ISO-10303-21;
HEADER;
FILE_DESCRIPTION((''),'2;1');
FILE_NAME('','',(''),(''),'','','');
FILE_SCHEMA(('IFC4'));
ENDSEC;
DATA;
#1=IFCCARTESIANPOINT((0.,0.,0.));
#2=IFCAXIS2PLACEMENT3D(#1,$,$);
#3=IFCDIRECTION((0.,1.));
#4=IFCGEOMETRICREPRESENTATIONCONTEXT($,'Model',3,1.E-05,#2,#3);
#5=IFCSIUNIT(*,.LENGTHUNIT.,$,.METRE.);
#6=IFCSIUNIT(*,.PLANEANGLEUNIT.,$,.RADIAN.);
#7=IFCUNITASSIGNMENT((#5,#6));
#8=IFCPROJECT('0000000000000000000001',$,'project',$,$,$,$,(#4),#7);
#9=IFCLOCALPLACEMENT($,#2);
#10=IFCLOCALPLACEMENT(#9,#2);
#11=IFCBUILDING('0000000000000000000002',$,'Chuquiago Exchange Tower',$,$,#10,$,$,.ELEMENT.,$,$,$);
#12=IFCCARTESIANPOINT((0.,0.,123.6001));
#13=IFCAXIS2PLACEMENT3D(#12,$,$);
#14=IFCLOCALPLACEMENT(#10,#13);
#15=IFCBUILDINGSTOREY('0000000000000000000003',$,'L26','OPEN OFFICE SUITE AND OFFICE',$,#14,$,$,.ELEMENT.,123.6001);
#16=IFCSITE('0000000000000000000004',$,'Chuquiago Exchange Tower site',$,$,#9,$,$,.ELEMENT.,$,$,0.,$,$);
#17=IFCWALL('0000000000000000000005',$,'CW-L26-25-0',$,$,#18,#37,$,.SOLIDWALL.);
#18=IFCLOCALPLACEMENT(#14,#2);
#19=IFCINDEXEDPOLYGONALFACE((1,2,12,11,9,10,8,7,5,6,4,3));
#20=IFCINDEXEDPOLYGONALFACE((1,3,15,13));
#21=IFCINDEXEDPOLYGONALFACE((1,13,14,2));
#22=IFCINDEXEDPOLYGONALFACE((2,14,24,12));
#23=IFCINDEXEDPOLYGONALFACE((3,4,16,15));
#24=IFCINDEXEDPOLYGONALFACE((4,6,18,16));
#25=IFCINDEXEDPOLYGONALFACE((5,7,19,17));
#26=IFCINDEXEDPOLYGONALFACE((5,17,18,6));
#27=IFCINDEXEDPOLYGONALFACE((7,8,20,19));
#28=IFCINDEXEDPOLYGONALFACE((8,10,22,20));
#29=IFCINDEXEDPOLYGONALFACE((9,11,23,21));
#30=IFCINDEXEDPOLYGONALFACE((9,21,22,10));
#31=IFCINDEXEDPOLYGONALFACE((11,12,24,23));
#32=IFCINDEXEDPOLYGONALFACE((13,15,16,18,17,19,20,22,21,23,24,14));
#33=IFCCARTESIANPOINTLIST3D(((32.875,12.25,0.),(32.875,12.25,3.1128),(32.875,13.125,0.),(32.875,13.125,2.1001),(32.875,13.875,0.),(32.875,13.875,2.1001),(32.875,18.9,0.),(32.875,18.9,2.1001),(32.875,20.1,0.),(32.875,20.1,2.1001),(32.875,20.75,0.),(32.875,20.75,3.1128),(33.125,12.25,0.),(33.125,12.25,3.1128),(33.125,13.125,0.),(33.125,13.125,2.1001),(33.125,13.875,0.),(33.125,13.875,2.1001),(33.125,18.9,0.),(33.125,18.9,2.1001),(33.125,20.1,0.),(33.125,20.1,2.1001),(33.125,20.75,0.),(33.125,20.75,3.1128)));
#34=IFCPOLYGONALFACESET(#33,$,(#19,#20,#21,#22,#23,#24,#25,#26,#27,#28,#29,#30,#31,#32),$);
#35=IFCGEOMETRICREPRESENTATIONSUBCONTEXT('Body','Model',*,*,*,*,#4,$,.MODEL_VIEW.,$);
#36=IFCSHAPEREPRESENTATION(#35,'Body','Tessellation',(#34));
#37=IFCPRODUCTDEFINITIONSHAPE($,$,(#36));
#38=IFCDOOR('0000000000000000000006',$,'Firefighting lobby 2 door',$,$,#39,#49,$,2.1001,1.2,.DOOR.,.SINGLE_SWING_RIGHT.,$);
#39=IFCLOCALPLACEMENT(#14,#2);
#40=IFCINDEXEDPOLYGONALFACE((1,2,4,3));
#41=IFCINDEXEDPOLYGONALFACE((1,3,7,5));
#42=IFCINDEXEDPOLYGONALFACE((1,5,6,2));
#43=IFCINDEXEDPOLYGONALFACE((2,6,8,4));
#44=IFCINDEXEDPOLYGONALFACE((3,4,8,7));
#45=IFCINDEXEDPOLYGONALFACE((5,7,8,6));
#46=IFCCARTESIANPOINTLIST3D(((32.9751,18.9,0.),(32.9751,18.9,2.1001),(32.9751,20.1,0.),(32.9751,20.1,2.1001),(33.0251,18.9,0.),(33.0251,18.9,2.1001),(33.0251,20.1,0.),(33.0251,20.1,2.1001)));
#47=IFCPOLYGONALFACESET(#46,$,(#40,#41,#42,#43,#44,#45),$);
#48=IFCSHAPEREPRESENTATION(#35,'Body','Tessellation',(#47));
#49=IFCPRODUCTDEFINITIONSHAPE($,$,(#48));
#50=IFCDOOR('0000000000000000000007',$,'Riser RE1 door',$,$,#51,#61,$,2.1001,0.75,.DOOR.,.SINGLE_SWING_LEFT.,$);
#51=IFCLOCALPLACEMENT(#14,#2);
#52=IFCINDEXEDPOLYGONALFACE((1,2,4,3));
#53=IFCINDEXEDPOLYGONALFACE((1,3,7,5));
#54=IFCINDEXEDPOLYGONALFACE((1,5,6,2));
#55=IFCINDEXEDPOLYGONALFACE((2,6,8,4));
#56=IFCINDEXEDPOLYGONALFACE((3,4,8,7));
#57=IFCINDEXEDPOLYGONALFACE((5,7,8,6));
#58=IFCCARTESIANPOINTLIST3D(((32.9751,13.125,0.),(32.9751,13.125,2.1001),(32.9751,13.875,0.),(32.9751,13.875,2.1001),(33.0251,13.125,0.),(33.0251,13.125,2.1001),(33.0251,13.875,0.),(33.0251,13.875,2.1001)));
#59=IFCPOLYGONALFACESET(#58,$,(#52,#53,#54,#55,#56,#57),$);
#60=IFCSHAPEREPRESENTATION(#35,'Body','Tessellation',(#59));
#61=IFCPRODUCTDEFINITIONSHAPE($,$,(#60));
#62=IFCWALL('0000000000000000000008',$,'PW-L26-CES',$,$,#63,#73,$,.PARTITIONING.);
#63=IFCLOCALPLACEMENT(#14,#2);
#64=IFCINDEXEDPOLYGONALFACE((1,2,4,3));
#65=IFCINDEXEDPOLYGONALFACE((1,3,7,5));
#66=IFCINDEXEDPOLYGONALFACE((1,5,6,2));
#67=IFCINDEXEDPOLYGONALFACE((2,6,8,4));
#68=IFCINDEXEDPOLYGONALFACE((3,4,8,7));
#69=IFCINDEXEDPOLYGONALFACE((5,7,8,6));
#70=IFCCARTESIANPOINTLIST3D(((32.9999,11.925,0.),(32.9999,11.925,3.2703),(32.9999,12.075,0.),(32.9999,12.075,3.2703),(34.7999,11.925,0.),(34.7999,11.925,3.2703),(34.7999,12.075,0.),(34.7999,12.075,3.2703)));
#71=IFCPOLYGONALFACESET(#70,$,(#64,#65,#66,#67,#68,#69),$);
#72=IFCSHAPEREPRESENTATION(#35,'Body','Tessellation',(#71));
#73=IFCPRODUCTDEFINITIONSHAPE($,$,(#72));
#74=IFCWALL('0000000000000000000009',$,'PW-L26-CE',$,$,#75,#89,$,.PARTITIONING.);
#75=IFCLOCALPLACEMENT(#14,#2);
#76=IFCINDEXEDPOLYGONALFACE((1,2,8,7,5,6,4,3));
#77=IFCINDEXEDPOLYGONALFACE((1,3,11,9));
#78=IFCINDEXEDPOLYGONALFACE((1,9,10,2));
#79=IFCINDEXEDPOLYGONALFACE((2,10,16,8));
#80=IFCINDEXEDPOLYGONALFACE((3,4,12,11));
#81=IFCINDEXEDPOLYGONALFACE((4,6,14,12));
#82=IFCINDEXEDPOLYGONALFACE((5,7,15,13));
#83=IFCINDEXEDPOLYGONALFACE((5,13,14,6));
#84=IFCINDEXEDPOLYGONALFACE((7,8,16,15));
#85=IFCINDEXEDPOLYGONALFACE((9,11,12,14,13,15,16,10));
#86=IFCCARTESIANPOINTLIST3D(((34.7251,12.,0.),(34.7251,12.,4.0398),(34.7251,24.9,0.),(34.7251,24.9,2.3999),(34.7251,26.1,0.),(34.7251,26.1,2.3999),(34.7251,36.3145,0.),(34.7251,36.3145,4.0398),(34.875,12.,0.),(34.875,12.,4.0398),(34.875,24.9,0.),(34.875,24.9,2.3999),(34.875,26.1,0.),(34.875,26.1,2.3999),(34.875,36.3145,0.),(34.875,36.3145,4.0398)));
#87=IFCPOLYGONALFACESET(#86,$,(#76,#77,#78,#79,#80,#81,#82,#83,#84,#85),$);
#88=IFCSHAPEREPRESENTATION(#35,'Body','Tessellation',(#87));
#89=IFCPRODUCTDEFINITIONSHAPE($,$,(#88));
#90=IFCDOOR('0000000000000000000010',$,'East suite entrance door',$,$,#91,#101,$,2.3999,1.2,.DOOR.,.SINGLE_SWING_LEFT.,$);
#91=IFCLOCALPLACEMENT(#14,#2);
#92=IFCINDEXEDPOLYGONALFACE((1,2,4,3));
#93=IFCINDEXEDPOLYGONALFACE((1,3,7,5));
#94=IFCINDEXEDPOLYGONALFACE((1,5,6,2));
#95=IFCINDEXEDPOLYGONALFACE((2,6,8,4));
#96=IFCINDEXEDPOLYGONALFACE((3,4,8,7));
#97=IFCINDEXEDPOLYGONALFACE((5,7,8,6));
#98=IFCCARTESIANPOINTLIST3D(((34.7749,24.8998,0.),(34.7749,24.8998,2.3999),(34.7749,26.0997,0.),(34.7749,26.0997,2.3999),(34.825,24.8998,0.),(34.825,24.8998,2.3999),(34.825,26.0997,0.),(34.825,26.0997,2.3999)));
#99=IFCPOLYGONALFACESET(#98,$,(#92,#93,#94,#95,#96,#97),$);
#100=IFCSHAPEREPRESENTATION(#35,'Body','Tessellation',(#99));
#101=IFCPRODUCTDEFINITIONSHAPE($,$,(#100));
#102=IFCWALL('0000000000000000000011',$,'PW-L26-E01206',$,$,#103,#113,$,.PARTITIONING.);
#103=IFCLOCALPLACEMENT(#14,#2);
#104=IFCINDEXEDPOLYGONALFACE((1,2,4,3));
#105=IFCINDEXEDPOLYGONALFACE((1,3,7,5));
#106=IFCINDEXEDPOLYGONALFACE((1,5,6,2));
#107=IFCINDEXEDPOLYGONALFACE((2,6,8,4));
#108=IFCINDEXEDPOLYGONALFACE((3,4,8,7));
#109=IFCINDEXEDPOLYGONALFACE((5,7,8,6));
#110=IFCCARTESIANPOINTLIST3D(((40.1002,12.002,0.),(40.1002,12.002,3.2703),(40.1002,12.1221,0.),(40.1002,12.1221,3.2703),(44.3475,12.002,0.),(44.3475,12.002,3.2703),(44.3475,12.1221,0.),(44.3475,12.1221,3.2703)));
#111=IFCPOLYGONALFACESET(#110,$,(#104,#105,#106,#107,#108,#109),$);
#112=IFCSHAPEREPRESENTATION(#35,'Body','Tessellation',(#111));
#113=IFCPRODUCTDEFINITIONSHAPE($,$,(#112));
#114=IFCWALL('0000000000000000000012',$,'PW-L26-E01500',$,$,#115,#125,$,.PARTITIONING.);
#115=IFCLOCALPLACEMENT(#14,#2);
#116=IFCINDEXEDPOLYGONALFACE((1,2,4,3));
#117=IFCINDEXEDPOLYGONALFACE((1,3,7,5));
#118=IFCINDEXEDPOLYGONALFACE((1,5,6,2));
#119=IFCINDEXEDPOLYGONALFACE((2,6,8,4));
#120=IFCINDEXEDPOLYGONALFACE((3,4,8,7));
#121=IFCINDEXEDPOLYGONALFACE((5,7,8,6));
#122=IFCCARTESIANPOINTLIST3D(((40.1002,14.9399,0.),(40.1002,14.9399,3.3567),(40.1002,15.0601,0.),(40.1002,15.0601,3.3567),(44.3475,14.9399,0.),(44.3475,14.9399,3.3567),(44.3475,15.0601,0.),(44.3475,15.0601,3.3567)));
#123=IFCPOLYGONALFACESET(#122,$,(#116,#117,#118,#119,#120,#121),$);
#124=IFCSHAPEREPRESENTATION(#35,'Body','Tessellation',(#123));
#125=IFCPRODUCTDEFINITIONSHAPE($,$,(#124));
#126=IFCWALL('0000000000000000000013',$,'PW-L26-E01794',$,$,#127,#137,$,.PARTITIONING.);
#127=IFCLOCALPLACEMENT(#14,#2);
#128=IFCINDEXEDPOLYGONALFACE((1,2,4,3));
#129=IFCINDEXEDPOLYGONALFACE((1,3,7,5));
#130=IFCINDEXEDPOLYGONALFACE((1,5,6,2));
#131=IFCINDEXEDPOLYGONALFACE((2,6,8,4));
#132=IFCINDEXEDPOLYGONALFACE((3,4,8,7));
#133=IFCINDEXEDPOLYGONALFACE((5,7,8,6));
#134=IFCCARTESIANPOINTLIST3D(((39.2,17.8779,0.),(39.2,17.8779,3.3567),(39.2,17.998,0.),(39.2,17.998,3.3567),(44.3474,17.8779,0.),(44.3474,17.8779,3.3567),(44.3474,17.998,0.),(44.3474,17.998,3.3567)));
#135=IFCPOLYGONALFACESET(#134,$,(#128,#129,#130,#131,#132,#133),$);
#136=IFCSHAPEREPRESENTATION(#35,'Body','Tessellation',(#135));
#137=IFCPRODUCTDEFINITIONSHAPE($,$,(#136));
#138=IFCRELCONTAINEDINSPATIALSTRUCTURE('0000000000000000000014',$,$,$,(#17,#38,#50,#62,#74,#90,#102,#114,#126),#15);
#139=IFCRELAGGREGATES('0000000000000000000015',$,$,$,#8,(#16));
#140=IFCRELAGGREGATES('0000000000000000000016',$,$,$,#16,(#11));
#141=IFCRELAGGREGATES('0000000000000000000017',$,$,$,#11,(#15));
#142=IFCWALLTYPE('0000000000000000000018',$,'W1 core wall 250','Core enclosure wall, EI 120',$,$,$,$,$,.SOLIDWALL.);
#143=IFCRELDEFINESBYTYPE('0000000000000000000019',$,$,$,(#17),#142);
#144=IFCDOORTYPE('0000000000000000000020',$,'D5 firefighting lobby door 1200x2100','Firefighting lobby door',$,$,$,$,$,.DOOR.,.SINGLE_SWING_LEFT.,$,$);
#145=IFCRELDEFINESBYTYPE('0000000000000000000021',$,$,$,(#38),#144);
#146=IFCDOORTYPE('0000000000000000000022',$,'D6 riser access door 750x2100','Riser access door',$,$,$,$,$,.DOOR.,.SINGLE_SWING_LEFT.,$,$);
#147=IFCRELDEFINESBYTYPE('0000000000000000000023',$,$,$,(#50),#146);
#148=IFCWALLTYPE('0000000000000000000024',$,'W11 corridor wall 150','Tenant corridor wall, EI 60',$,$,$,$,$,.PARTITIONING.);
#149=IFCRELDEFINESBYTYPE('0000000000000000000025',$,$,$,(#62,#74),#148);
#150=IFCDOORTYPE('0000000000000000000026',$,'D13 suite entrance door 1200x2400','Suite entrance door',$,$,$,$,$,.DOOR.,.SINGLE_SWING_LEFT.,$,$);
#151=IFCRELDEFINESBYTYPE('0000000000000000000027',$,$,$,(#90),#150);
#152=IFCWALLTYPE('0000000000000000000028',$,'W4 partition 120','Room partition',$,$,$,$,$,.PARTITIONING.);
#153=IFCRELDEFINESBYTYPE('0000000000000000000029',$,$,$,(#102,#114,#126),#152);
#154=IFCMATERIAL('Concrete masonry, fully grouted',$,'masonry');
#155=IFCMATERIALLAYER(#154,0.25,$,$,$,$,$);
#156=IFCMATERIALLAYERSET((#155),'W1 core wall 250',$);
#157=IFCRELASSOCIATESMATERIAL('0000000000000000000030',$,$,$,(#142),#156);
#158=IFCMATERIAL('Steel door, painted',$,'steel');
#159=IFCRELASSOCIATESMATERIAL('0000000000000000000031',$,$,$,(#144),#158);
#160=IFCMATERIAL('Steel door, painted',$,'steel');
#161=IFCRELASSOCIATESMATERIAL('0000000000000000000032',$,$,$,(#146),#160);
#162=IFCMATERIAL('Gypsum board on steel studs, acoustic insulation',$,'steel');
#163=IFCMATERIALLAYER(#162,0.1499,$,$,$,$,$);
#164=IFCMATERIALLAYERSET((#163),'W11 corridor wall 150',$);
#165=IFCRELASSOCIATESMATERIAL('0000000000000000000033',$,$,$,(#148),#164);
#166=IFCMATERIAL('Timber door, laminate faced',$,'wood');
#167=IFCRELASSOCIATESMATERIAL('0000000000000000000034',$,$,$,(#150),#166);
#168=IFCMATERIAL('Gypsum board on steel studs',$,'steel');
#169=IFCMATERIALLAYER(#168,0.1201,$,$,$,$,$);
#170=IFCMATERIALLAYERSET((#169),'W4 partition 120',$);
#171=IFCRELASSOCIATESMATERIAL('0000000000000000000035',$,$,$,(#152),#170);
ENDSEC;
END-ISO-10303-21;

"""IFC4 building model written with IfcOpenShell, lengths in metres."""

from ifc_helpers import new_model, si_unit, direction, frame, frame_2d, origin, place, context, subcontext, project, spatial, rectangle, extrude, material, layer, layer_set, type_object, element, fill, save


model = new_model("IFC4")

# Units and contexts
model_context = context("Model", 3, precision=1e-05, world=origin(), true_north=direction((0.0, 1.0)))
body_context = subcontext(model_context, "Body", "Model", "MODEL_VIEW")
ifc_project = project(units=[si_unit("LENGTHUNIT", "METRE"), si_unit("PLANEANGLEUNIT", "RADIAN")], contexts=[model_context])

# Site, building, storey
site_placement = place(None, origin())
site = spatial("IfcSite", under=ifc_project, at=site_placement, Name="Chuquiago Exchange Tower site", CompositionType="ELEMENT", RefElevation=0.0)
building_placement = place(site_placement, origin())
building = spatial("IfcBuilding", under=site, at=building_placement, Name="Chuquiago Exchange Tower", CompositionType="ELEMENT")
storey_placement = place(building_placement, frame((0.0, 0.0, 123.6001)))
storey = spatial("IfcBuildingStorey", under=building, at=storey_placement, Name="L26", Description="OPEN OFFICE SUITE AND OFFICE", CompositionType="ELEMENT", Elevation=123.6001)

# Wall, openings, doors
ifc_material_1 = material(Name="Concrete masonry, fully grouted", Category="masonry")
ifc_layer_1 = layer(ifc_material_1, 0.25)
ifc_layer_set_1 = layer_set([ifc_layer_1], Name="W1 core wall 250")
wall_type_1 = type_object("IfcWallType", Name="W1 core wall 250", Description="Core enclosure wall, EI 120", PredefinedType="SOLIDWALL", material=ifc_layer_set_1)
wall_1_placement = place(storey_placement, frame((33.0, 12.25, 0.0), z_axis=(0.0, 0.0, 1.0), x_axis=(0.0, 1.0, 0.0)))
wall_1 = element("IfcWall", 1, at=wall_1_placement, inside=storey, type_object=wall_type_1, Name="CW-L26-25-0", PredefinedType="SOLIDWALL", context=body_context, shape_type="SweptSolid", body=[
    extrude(rectangle(XDim=8.5, YDim=0.25, at=frame_2d((4.25, 0.0))), origin(), (0.0, 0.0, 1.0), 3.1128),
])
opening_1_placement = place(wall_1_placement, frame((6.6499, 0.0, 0.0)))
opening_1 = element("IfcOpeningElement", 2, at=opening_1_placement, cuts=wall_1, PredefinedType="OPENING", context=body_context, shape_type="SweptSolid", body=[
    extrude(rectangle(XDim=1.2, YDim=2.1001, at=frame_2d((0.6001, 1.05))), frame((0.0, 0.135, 0.0), z_axis=(0.0, -1.0, 0.0), x_axis=(1.0, 0.0, 0.0)), (0.0, 0.0, 1.0), 0.27),
])
opening_2_placement = place(wall_1_placement, frame((0.875, 0.0, 0.0)))
opening_2 = element("IfcOpeningElement", 3, at=opening_2_placement, cuts=wall_1, PredefinedType="OPENING", context=body_context, shape_type="SweptSolid", body=[
    extrude(rectangle(XDim=0.75, YDim=2.1001, at=frame_2d((0.375, 1.05))), frame((0.0, 0.135, 0.0), z_axis=(0.0, -1.0, 0.0), x_axis=(1.0, 0.0, 0.0)), (0.0, 0.0, 1.0), 0.27),
])
ifc_material_2 = material(Name="Steel door, painted", Category="steel")
door_type_1 = type_object("IfcDoorType", Name="D5 firefighting lobby door 1200x2100", Description="Firefighting lobby door", OperationType="SINGLE_SWING_LEFT", PredefinedType="DOOR", material=ifc_material_2)
door_1_placement = place(opening_1_placement, origin())
door_1 = element("IfcDoor", 4, at=door_1_placement, inside=storey, type_object=door_type_1, Name="Firefighting lobby 2 door", OperationType="SINGLE_SWING_RIGHT", OverallHeight=2.1001, OverallWidth=1.2, PredefinedType="DOOR", context=body_context, shape_type="SweptSolid", body=[
    extrude(rectangle(XDim=1.2, YDim=2.1001, at=frame_2d((0.6001, 1.05))), frame((0.0, 0.0249, 0.0), z_axis=(0.0, -1.0, 0.0), x_axis=(1.0, 0.0, 0.0)), (0.0, 0.0, 1.0), 0.05),
])
fill(opening_1, door_1)
ifc_material_3 = material(Name="Steel door, painted", Category="steel")
door_type_2 = type_object("IfcDoorType", Name="D6 riser access door 750x2100", Description="Riser access door", OperationType="SINGLE_SWING_LEFT", PredefinedType="DOOR", material=ifc_material_3)
door_2_placement = place(opening_2_placement, origin())
door_2 = element("IfcDoor", 5, at=door_2_placement, inside=storey, type_object=door_type_2, Name="Riser RE1 door", OperationType="SINGLE_SWING_LEFT", OverallHeight=2.1001, OverallWidth=0.75, PredefinedType="DOOR", context=body_context, shape_type="SweptSolid", body=[
    extrude(rectangle(XDim=0.75, YDim=2.1001, at=frame_2d((0.375, 1.05))), frame((0.0, 0.0249, 0.0), z_axis=(0.0, -1.0, 0.0), x_axis=(1.0, 0.0, 0.0)), (0.0, 0.0, 1.0), 0.05),
])
fill(opening_2, door_2)

# Wall
ifc_material_4 = material(Name="Gypsum board on steel studs, acoustic insulation", Category="steel")
ifc_layer_2 = layer(ifc_material_4, 0.1499)
ifc_layer_set_2 = layer_set([ifc_layer_2], Name="W11 corridor wall 150")
wall_type_2 = type_object("IfcWallType", Name="W11 corridor wall 150", Description="Tenant corridor wall, EI 60", PredefinedType="PARTITIONING", material=ifc_layer_set_2)
wall_2_placement = place(storey_placement, frame((33.0, 12.0, 0.0), z_axis=(0.0, 0.0, 1.0), x_axis=(1.0, 0.0, 0.0)))
element("IfcWall", 6, at=wall_2_placement, inside=storey, type_object=wall_type_2, Name="PW-L26-CES", PredefinedType="PARTITIONING", context=body_context, shape_type="SweptSolid", body=[
    extrude(rectangle(XDim=1.8, YDim=0.1499, at=frame_2d((0.8999, 0.0))), origin(), (0.0, 0.0, 1.0), 3.2703),
])

# Wall, opening, door
wall_3_placement = place(storey_placement, frame((34.8, 12.0, 0.0), z_axis=(0.0, 0.0, 1.0), x_axis=(0.0, 1.0, 0.0)))
wall_3 = element("IfcWall", 7, at=wall_3_placement, inside=storey, type_object=wall_type_2, Name="PW-L26-CE", PredefinedType="PARTITIONING", context=body_context, shape_type="SweptSolid", body=[
    extrude(rectangle(XDim=24.3145, YDim=0.1499, at=frame_2d((12.1572, 0.0))), origin(), (0.0, 0.0, 1.0), 4.0398),
])
opening_3_placement = place(wall_3_placement, frame((12.8999, 0.0, 0.0)))
opening_3 = element("IfcOpeningElement", 8, at=opening_3_placement, cuts=wall_3, PredefinedType="OPENING", context=body_context, shape_type="SweptSolid", body=[
    extrude(rectangle(XDim=1.2, YDim=2.3999, at=frame_2d((0.6001, 1.2))), frame((0.0, 0.085, 0.0), z_axis=(0.0, -1.0, 0.0), x_axis=(1.0, 0.0, 0.0)), (0.0, 0.0, 1.0), 0.1699),
])
ifc_material_5 = material(Name="Timber door, laminate faced", Category="wood")
door_type_3 = type_object("IfcDoorType", Name="D13 suite entrance door 1200x2400", Description="Suite entrance door", OperationType="SINGLE_SWING_LEFT", PredefinedType="DOOR", material=ifc_material_5)
door_3_placement = place(opening_3_placement, frame((1.2, 0.0, 0.0), z_axis=(0.0, 0.0, 1.0), x_axis=(-1.0, 0.0, 0.0)))
door_3 = element("IfcDoor", 9, at=door_3_placement, inside=storey, type_object=door_type_3, Name="East suite entrance door", OperationType="SINGLE_SWING_LEFT", OverallHeight=2.3999, OverallWidth=1.2, PredefinedType="DOOR", context=body_context, shape_type="SweptSolid", body=[
    extrude(rectangle(XDim=1.2, YDim=2.3999, at=frame_2d((0.6001, 1.2))), frame((0.0, 0.0249, 0.0), z_axis=(0.0, -1.0, 0.0), x_axis=(1.0, 0.0, 0.0)), (0.0, 0.0, 1.0), 0.05),
])
fill(opening_3, door_3)

# Walls
ifc_material_6 = material(Name="Gypsum board on steel studs", Category="steel")
ifc_layer_3 = layer(ifc_material_6, 0.1201)
ifc_layer_set_3 = layer_set([ifc_layer_3], Name="W4 partition 120")
wall_type_3 = type_object("IfcWallType", Name="W4 partition 120", Description="Room partition", PredefinedType="PARTITIONING", material=ifc_layer_set_3)
wall_4_placement = place(storey_placement, frame((44.3474, 12.062, 0.0), z_axis=(0.0, 0.0, 1.0), x_axis=(-1.0, 0.0, 0.0)))
element("IfcWall", 10, at=wall_4_placement, inside=storey, type_object=wall_type_3, Name="PW-L26-E01206", PredefinedType="PARTITIONING", context=body_context, shape_type="SweptSolid", body=[
    extrude(rectangle(XDim=4.2473, YDim=0.1201, at=frame_2d((2.1235, 0.0))), origin(), (0.0, 0.0, 1.0), 3.2703),
])
wall_5_placement = place(storey_placement, frame((44.3474, 15.0, 0.0), z_axis=(0.0, 0.0, 1.0), x_axis=(-1.0, 0.0, 0.0)))
element("IfcWall", 11, at=wall_5_placement, inside=storey, type_object=wall_type_3, Name="PW-L26-E01500", PredefinedType="PARTITIONING", context=body_context, shape_type="SweptSolid", body=[
    extrude(rectangle(XDim=4.2473, YDim=0.1201, at=frame_2d((2.1235, 0.0))), origin(), (0.0, 0.0, 1.0), 3.3567),
])
wall_6_placement = place(storey_placement, frame((44.3474, 17.938, 0.0), z_axis=(0.0, 0.0, 1.0), x_axis=(-1.0, 0.0, 0.0)))
element("IfcWall", 12, at=wall_6_placement, inside=storey, type_object=wall_type_3, Name="PW-L26-E01794", PredefinedType="PARTITIONING", context=body_context, shape_type="SweptSolid", body=[
    extrude(rectangle(XDim=5.1475, YDim=0.1201, at=frame_2d((2.5737, 0.0))), origin(), (0.0, 0.0, 1.0), 3.3567),
])

save(model, "model.ifc")
